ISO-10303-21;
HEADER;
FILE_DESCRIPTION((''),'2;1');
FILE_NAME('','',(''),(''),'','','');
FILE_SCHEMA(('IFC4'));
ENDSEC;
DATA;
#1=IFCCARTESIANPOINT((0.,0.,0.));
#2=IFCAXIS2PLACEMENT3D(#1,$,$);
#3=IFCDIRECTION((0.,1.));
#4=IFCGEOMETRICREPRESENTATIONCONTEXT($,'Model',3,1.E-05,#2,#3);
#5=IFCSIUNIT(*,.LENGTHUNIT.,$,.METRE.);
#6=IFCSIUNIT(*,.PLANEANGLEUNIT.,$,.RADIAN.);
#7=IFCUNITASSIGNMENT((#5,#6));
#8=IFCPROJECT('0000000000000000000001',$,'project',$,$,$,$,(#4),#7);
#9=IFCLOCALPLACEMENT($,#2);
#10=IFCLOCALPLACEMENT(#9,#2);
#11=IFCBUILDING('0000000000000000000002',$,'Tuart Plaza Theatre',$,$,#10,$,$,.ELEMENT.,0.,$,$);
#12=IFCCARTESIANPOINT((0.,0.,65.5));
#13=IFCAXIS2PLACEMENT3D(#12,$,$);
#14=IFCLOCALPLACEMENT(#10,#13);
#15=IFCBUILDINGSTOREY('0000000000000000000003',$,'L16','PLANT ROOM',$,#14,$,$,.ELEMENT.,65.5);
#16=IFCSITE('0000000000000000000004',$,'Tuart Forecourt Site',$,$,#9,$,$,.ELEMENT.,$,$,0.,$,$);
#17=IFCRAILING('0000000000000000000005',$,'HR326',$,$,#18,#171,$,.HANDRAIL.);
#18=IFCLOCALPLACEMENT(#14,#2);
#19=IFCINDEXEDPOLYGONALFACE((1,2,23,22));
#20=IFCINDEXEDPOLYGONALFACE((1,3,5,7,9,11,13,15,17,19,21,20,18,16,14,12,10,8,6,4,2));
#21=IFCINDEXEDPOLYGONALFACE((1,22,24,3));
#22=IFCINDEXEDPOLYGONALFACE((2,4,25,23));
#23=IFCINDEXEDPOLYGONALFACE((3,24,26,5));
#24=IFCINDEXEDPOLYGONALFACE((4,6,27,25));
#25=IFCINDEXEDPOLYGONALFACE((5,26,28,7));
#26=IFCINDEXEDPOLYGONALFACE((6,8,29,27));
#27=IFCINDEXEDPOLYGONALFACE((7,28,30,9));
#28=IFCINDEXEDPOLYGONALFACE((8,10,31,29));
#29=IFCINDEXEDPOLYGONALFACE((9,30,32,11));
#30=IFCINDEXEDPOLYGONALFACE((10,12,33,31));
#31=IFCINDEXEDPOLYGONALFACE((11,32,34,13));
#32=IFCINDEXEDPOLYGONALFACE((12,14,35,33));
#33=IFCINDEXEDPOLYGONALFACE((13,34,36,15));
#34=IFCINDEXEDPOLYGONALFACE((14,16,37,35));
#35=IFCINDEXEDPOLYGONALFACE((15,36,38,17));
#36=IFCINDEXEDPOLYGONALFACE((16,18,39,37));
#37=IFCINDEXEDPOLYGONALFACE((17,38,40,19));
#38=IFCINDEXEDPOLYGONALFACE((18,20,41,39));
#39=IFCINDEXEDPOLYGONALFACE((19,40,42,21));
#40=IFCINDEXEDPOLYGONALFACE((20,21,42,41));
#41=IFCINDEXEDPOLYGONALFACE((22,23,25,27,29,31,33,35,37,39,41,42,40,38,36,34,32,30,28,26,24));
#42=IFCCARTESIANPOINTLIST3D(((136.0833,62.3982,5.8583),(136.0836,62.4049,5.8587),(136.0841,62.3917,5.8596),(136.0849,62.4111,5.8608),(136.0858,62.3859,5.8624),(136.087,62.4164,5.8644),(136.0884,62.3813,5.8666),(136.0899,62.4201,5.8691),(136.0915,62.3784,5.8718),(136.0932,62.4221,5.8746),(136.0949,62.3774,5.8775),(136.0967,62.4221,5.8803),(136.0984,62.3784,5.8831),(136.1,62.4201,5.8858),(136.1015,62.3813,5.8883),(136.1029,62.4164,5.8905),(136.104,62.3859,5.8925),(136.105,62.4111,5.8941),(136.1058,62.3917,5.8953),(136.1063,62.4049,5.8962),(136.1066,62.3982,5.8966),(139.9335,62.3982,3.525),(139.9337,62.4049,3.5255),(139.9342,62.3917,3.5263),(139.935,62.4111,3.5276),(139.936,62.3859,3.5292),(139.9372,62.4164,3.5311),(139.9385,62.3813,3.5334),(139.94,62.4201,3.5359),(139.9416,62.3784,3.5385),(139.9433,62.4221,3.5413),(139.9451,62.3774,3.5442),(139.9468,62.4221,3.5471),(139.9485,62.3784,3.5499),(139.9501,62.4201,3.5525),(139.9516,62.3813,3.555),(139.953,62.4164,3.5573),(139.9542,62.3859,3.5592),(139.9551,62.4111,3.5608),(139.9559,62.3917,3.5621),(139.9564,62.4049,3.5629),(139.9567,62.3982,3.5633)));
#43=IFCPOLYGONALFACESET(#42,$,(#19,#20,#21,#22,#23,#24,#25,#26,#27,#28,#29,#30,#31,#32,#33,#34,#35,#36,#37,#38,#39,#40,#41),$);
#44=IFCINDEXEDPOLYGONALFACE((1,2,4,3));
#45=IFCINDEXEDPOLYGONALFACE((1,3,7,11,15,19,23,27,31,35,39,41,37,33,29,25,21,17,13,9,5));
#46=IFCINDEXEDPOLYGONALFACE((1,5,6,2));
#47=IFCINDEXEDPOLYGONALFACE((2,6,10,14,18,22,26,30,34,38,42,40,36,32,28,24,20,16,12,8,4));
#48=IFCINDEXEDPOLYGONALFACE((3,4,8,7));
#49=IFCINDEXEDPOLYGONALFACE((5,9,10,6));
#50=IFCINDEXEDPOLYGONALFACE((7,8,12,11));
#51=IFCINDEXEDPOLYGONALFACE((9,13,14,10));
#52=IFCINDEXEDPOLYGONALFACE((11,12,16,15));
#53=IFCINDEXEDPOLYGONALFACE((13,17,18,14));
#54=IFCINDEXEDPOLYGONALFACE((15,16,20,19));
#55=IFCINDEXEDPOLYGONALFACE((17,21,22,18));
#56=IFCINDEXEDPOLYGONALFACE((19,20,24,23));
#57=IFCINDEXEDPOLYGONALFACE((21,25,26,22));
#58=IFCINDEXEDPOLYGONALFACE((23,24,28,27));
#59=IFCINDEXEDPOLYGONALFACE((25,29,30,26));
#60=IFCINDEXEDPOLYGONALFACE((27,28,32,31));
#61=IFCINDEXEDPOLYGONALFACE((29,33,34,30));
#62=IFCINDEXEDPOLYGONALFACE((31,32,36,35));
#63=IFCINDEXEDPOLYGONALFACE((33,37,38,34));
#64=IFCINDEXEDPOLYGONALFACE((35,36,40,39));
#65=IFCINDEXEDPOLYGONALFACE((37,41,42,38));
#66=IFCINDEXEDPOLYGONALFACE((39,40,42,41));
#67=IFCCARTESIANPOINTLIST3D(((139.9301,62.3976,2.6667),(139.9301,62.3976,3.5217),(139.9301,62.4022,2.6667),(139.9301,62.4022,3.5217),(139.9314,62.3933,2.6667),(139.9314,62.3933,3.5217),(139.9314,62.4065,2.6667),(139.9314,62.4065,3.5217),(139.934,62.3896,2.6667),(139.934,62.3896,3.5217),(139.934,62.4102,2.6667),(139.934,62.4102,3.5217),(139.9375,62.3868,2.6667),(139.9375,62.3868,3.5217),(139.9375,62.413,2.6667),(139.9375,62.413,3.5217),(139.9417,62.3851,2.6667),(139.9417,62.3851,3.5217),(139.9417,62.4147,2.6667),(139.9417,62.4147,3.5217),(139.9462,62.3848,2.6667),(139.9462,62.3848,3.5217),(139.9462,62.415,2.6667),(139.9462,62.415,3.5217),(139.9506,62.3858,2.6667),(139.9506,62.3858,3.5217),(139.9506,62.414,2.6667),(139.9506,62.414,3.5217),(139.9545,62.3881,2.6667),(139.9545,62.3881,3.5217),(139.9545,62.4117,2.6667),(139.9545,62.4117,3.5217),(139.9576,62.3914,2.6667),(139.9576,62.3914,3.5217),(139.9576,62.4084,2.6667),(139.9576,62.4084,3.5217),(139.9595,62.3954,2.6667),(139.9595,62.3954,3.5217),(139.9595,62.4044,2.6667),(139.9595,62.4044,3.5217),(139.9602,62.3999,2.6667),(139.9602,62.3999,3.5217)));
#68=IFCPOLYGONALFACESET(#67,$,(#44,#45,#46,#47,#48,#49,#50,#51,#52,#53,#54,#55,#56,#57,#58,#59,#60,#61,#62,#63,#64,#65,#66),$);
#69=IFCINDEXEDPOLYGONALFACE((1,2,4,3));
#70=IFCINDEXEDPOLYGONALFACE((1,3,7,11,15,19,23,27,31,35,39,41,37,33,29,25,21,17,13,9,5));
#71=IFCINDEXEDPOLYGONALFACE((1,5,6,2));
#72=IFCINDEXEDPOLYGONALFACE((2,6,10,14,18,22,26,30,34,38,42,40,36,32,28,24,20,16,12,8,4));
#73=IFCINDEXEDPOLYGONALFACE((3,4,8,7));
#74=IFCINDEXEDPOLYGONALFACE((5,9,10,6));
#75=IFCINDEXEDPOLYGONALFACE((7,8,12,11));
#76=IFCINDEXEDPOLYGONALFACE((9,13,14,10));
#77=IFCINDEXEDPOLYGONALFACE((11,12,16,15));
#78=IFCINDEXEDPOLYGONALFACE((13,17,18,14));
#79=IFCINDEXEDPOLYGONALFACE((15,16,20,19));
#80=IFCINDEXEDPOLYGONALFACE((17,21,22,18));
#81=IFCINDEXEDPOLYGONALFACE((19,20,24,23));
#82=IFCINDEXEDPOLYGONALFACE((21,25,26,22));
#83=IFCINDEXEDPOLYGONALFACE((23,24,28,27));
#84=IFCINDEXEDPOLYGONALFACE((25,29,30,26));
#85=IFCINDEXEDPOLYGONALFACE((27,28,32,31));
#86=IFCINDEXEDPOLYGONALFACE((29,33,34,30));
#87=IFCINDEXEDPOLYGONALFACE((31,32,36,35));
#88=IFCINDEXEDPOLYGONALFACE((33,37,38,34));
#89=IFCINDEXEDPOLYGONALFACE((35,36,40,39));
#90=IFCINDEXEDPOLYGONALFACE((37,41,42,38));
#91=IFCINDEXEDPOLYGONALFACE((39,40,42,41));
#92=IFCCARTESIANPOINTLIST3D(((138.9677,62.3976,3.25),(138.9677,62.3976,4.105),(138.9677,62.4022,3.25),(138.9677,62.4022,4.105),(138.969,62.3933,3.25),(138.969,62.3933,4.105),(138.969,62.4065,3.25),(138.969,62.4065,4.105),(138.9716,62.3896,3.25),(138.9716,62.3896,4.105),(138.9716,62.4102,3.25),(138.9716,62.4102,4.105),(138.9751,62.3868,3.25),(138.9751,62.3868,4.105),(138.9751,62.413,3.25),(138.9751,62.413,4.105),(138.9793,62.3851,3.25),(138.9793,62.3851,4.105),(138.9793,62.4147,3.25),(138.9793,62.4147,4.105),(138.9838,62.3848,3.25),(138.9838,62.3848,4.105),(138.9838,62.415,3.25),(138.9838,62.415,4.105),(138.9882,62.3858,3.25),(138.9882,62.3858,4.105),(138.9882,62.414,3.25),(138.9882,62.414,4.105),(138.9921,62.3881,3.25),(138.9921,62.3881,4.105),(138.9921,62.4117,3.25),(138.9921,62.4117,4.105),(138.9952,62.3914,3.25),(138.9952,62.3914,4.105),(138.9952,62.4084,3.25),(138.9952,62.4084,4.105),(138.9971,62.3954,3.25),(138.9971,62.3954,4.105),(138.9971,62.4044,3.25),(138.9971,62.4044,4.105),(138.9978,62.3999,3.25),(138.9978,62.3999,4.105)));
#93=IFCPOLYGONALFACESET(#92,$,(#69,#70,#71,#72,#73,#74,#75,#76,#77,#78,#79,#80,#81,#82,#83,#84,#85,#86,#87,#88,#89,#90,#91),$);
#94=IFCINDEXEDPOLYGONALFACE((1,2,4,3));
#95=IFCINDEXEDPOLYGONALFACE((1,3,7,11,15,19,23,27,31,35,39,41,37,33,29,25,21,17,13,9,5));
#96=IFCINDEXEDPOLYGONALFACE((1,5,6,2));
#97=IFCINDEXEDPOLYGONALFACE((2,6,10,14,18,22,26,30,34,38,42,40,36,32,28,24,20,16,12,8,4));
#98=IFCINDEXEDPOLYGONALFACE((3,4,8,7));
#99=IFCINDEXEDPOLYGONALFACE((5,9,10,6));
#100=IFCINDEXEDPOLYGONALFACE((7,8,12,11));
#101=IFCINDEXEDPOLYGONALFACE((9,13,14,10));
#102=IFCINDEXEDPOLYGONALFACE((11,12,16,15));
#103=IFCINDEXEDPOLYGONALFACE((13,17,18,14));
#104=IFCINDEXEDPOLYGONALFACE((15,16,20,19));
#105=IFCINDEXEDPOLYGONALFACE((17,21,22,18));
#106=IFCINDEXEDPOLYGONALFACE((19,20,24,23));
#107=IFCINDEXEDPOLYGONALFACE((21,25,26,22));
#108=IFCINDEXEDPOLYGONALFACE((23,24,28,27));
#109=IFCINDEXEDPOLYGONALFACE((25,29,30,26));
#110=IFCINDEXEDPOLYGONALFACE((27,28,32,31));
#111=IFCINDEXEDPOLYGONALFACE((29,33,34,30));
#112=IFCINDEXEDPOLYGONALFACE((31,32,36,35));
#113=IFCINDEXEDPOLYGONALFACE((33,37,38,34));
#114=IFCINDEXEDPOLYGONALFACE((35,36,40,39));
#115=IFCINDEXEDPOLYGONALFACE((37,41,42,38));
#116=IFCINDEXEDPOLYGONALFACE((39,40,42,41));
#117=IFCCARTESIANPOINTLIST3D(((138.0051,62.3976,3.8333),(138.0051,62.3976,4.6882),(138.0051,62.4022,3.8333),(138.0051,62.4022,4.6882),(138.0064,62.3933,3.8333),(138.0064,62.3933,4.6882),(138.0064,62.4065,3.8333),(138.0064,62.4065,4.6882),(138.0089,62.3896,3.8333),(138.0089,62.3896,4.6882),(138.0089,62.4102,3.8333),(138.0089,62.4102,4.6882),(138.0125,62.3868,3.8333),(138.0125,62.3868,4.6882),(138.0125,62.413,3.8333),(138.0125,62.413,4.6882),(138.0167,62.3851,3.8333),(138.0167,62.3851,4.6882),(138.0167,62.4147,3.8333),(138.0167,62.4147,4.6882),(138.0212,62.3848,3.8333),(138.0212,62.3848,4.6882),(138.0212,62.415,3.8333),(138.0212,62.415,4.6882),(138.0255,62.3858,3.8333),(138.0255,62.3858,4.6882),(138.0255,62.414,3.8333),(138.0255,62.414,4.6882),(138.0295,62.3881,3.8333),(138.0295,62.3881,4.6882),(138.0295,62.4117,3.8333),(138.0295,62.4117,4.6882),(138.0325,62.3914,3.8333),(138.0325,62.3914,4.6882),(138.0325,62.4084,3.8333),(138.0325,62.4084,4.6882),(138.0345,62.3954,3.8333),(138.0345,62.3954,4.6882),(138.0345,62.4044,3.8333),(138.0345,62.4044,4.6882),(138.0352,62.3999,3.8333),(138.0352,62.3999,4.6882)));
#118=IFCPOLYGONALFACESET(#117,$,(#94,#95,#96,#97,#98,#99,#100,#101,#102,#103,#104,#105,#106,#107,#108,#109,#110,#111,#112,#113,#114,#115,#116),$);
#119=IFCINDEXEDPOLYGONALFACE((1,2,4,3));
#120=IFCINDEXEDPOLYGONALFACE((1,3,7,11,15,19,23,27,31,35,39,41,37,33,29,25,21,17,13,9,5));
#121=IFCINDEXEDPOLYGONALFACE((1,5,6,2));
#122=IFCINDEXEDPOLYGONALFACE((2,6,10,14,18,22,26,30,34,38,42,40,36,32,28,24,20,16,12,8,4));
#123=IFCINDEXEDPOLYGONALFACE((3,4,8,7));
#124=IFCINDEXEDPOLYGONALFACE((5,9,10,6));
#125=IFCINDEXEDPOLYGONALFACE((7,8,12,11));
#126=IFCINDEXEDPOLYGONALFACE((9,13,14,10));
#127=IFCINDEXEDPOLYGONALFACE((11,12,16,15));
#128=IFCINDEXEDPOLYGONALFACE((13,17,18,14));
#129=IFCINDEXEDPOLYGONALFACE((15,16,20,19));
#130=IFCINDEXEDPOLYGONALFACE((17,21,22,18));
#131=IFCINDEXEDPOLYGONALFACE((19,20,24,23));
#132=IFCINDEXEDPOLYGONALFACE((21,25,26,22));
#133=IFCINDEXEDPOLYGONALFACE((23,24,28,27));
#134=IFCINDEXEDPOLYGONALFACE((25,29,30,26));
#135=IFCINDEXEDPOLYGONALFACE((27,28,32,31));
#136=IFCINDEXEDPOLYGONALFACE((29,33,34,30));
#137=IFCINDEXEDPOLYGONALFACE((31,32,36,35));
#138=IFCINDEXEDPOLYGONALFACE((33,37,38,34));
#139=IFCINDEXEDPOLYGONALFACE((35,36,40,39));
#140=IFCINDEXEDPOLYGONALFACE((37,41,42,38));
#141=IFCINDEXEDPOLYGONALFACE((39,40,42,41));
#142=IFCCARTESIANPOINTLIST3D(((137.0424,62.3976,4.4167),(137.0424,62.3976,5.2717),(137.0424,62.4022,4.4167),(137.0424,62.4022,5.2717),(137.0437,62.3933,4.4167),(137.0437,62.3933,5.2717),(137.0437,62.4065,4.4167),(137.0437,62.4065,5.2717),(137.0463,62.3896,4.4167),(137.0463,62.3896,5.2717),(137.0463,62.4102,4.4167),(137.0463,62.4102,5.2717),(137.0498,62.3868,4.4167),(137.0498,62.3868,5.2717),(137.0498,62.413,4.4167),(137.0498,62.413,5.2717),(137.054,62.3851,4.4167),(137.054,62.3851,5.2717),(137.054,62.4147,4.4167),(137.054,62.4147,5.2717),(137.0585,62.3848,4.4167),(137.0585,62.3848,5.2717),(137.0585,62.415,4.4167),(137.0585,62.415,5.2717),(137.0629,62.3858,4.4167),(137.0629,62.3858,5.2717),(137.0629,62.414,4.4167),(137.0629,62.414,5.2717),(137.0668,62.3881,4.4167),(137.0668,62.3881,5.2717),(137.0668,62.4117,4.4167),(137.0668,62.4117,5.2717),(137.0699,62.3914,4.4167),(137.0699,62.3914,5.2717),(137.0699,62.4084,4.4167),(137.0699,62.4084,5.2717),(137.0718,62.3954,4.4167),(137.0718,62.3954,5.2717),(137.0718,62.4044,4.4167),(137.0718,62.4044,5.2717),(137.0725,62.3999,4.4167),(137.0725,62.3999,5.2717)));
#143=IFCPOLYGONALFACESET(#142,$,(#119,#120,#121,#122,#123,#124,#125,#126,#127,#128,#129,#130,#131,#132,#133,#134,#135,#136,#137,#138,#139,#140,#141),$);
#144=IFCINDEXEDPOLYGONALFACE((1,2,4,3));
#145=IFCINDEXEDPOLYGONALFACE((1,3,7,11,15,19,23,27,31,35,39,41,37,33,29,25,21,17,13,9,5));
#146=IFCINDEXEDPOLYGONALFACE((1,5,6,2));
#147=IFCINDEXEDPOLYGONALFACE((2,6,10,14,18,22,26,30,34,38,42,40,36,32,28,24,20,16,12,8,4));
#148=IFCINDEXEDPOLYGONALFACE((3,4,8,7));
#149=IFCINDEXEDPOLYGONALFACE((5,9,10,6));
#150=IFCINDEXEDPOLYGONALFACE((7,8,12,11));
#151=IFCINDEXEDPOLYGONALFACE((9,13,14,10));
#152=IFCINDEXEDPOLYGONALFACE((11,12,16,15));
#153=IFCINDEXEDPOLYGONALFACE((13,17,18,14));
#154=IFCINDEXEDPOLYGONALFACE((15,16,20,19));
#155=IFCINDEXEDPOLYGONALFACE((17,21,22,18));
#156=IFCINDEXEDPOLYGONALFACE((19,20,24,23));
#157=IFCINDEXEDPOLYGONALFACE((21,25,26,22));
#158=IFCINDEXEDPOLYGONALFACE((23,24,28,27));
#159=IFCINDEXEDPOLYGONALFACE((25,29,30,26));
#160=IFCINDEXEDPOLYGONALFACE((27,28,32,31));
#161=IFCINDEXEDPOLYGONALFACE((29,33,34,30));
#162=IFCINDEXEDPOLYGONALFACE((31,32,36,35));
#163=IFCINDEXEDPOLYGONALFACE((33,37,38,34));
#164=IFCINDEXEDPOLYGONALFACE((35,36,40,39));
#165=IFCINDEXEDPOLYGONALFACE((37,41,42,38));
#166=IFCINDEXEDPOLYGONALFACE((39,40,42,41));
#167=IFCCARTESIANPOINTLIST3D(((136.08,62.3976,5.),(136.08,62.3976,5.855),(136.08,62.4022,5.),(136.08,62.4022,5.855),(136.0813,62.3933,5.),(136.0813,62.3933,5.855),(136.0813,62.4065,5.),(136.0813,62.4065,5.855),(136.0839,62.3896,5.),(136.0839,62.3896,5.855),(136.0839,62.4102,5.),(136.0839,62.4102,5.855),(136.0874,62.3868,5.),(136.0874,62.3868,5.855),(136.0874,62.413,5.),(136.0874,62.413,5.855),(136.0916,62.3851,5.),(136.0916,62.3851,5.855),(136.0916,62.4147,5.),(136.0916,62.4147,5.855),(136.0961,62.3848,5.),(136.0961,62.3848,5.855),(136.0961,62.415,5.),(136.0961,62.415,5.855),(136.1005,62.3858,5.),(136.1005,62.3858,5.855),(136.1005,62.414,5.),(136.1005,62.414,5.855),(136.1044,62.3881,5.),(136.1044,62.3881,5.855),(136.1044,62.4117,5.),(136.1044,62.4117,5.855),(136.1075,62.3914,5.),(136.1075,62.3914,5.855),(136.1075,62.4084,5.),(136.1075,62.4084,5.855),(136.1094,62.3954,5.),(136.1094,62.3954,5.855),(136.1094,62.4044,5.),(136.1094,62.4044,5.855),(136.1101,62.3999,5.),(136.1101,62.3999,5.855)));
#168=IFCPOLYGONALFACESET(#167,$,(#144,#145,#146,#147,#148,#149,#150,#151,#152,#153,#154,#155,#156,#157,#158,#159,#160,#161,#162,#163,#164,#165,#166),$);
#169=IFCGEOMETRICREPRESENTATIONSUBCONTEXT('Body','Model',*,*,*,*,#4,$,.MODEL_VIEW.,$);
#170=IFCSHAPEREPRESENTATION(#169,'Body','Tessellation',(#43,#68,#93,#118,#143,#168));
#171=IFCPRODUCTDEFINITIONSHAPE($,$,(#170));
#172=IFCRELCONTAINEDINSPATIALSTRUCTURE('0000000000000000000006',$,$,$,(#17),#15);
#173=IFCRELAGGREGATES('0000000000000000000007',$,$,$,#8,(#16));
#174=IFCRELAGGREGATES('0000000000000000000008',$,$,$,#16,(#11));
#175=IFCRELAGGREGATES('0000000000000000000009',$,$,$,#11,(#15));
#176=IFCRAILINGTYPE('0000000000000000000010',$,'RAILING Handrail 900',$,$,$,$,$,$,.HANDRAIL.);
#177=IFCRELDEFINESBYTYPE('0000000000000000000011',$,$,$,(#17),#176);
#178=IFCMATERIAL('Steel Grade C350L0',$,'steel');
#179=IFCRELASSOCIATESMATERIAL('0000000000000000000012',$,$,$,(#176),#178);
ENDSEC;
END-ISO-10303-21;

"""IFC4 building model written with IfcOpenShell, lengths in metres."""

from ifc_helpers import new_model, si_unit, direction, frame, origin, origin_2d, place, context, subcontext, project, spatial, circle, extrude, material, type_object, element, save


model = new_model("IFC4")

# Units and contexts
model_context = context("Model", 3, precision=1e-05, world=origin(), true_north=direction((0.0, 1.0)))
body_context = subcontext(model_context, "Body", "Model", "MODEL_VIEW")
ifc_project = project(units=[si_unit("LENGTHUNIT", "METRE"), si_unit("PLANEANGLEUNIT", "RADIAN")], contexts=[model_context])

# Site, building, storey
site_placement = place(None, origin())
site = spatial("IfcSite", under=ifc_project, at=site_placement, Name="Tuart Forecourt Site", CompositionType="ELEMENT", RefElevation=0.0)
building_placement = place(site_placement, origin())
building = spatial("IfcBuilding", under=site, at=building_placement, Name="Tuart Plaza Theatre", CompositionType="ELEMENT", ElevationOfRefHeight=0.0)
storey_placement = place(building_placement, frame((0.0, 0.0, 65.5)))
storey = spatial("IfcBuildingStorey", under=building, at=storey_placement, Name="L16", Description="PLANT ROOM", CompositionType="ELEMENT", Elevation=65.5)

# Railing
ifc_material_1 = material(Name="Steel Grade C350L0", Category="steel")
railing_type_1 = type_object("IfcRailingType", Name="RAILING Handrail 900", PredefinedType="HANDRAIL", material=ifc_material_1)
for number, where, name in (
    (1, (139.9451, 62.3999, 2.6667), "HR326"),
):
    element("IfcRailing", number, at=place(storey_placement, frame(where)), inside=storey, type_object=railing_type_1, Name=name, PredefinedType="HANDRAIL", context=body_context, shape_type="SweptSolid", body=[
        extrude(circle(Radius=0.0225, at=origin_2d()), frame((0.0, 0.0, 0.8774), z_axis=(-0.855212, 0.0, 0.518279), x_axis=(0.0, -1.0, 0.0)), (0.0, 0.0, 1.0), 4.502),
        extrude(circle(Radius=0.0151, at=origin_2d()), origin(), (0.0, 0.0, 1.0), 0.855),
        extrude(circle(Radius=0.0151, at=origin_2d()), frame((-0.9624, 0.0, 0.5833)), (0.0, 0.0, 1.0), 0.855),
        extrude(circle(Radius=0.0151, at=origin_2d()), frame((-1.925, 0.0, 1.1665)), (0.0, 0.0, 1.0), 0.855),
        extrude(circle(Radius=0.0151, at=origin_2d()), frame((-2.8877, 0.0, 1.75)), (0.0, 0.0, 1.0), 0.855),
        extrude(circle(Radius=0.0151, at=origin_2d()), frame((-3.8501, 0.0, 2.3333)), (0.0, 0.0, 1.0), 0.855),
    ])

save(model, "model.ifc")
